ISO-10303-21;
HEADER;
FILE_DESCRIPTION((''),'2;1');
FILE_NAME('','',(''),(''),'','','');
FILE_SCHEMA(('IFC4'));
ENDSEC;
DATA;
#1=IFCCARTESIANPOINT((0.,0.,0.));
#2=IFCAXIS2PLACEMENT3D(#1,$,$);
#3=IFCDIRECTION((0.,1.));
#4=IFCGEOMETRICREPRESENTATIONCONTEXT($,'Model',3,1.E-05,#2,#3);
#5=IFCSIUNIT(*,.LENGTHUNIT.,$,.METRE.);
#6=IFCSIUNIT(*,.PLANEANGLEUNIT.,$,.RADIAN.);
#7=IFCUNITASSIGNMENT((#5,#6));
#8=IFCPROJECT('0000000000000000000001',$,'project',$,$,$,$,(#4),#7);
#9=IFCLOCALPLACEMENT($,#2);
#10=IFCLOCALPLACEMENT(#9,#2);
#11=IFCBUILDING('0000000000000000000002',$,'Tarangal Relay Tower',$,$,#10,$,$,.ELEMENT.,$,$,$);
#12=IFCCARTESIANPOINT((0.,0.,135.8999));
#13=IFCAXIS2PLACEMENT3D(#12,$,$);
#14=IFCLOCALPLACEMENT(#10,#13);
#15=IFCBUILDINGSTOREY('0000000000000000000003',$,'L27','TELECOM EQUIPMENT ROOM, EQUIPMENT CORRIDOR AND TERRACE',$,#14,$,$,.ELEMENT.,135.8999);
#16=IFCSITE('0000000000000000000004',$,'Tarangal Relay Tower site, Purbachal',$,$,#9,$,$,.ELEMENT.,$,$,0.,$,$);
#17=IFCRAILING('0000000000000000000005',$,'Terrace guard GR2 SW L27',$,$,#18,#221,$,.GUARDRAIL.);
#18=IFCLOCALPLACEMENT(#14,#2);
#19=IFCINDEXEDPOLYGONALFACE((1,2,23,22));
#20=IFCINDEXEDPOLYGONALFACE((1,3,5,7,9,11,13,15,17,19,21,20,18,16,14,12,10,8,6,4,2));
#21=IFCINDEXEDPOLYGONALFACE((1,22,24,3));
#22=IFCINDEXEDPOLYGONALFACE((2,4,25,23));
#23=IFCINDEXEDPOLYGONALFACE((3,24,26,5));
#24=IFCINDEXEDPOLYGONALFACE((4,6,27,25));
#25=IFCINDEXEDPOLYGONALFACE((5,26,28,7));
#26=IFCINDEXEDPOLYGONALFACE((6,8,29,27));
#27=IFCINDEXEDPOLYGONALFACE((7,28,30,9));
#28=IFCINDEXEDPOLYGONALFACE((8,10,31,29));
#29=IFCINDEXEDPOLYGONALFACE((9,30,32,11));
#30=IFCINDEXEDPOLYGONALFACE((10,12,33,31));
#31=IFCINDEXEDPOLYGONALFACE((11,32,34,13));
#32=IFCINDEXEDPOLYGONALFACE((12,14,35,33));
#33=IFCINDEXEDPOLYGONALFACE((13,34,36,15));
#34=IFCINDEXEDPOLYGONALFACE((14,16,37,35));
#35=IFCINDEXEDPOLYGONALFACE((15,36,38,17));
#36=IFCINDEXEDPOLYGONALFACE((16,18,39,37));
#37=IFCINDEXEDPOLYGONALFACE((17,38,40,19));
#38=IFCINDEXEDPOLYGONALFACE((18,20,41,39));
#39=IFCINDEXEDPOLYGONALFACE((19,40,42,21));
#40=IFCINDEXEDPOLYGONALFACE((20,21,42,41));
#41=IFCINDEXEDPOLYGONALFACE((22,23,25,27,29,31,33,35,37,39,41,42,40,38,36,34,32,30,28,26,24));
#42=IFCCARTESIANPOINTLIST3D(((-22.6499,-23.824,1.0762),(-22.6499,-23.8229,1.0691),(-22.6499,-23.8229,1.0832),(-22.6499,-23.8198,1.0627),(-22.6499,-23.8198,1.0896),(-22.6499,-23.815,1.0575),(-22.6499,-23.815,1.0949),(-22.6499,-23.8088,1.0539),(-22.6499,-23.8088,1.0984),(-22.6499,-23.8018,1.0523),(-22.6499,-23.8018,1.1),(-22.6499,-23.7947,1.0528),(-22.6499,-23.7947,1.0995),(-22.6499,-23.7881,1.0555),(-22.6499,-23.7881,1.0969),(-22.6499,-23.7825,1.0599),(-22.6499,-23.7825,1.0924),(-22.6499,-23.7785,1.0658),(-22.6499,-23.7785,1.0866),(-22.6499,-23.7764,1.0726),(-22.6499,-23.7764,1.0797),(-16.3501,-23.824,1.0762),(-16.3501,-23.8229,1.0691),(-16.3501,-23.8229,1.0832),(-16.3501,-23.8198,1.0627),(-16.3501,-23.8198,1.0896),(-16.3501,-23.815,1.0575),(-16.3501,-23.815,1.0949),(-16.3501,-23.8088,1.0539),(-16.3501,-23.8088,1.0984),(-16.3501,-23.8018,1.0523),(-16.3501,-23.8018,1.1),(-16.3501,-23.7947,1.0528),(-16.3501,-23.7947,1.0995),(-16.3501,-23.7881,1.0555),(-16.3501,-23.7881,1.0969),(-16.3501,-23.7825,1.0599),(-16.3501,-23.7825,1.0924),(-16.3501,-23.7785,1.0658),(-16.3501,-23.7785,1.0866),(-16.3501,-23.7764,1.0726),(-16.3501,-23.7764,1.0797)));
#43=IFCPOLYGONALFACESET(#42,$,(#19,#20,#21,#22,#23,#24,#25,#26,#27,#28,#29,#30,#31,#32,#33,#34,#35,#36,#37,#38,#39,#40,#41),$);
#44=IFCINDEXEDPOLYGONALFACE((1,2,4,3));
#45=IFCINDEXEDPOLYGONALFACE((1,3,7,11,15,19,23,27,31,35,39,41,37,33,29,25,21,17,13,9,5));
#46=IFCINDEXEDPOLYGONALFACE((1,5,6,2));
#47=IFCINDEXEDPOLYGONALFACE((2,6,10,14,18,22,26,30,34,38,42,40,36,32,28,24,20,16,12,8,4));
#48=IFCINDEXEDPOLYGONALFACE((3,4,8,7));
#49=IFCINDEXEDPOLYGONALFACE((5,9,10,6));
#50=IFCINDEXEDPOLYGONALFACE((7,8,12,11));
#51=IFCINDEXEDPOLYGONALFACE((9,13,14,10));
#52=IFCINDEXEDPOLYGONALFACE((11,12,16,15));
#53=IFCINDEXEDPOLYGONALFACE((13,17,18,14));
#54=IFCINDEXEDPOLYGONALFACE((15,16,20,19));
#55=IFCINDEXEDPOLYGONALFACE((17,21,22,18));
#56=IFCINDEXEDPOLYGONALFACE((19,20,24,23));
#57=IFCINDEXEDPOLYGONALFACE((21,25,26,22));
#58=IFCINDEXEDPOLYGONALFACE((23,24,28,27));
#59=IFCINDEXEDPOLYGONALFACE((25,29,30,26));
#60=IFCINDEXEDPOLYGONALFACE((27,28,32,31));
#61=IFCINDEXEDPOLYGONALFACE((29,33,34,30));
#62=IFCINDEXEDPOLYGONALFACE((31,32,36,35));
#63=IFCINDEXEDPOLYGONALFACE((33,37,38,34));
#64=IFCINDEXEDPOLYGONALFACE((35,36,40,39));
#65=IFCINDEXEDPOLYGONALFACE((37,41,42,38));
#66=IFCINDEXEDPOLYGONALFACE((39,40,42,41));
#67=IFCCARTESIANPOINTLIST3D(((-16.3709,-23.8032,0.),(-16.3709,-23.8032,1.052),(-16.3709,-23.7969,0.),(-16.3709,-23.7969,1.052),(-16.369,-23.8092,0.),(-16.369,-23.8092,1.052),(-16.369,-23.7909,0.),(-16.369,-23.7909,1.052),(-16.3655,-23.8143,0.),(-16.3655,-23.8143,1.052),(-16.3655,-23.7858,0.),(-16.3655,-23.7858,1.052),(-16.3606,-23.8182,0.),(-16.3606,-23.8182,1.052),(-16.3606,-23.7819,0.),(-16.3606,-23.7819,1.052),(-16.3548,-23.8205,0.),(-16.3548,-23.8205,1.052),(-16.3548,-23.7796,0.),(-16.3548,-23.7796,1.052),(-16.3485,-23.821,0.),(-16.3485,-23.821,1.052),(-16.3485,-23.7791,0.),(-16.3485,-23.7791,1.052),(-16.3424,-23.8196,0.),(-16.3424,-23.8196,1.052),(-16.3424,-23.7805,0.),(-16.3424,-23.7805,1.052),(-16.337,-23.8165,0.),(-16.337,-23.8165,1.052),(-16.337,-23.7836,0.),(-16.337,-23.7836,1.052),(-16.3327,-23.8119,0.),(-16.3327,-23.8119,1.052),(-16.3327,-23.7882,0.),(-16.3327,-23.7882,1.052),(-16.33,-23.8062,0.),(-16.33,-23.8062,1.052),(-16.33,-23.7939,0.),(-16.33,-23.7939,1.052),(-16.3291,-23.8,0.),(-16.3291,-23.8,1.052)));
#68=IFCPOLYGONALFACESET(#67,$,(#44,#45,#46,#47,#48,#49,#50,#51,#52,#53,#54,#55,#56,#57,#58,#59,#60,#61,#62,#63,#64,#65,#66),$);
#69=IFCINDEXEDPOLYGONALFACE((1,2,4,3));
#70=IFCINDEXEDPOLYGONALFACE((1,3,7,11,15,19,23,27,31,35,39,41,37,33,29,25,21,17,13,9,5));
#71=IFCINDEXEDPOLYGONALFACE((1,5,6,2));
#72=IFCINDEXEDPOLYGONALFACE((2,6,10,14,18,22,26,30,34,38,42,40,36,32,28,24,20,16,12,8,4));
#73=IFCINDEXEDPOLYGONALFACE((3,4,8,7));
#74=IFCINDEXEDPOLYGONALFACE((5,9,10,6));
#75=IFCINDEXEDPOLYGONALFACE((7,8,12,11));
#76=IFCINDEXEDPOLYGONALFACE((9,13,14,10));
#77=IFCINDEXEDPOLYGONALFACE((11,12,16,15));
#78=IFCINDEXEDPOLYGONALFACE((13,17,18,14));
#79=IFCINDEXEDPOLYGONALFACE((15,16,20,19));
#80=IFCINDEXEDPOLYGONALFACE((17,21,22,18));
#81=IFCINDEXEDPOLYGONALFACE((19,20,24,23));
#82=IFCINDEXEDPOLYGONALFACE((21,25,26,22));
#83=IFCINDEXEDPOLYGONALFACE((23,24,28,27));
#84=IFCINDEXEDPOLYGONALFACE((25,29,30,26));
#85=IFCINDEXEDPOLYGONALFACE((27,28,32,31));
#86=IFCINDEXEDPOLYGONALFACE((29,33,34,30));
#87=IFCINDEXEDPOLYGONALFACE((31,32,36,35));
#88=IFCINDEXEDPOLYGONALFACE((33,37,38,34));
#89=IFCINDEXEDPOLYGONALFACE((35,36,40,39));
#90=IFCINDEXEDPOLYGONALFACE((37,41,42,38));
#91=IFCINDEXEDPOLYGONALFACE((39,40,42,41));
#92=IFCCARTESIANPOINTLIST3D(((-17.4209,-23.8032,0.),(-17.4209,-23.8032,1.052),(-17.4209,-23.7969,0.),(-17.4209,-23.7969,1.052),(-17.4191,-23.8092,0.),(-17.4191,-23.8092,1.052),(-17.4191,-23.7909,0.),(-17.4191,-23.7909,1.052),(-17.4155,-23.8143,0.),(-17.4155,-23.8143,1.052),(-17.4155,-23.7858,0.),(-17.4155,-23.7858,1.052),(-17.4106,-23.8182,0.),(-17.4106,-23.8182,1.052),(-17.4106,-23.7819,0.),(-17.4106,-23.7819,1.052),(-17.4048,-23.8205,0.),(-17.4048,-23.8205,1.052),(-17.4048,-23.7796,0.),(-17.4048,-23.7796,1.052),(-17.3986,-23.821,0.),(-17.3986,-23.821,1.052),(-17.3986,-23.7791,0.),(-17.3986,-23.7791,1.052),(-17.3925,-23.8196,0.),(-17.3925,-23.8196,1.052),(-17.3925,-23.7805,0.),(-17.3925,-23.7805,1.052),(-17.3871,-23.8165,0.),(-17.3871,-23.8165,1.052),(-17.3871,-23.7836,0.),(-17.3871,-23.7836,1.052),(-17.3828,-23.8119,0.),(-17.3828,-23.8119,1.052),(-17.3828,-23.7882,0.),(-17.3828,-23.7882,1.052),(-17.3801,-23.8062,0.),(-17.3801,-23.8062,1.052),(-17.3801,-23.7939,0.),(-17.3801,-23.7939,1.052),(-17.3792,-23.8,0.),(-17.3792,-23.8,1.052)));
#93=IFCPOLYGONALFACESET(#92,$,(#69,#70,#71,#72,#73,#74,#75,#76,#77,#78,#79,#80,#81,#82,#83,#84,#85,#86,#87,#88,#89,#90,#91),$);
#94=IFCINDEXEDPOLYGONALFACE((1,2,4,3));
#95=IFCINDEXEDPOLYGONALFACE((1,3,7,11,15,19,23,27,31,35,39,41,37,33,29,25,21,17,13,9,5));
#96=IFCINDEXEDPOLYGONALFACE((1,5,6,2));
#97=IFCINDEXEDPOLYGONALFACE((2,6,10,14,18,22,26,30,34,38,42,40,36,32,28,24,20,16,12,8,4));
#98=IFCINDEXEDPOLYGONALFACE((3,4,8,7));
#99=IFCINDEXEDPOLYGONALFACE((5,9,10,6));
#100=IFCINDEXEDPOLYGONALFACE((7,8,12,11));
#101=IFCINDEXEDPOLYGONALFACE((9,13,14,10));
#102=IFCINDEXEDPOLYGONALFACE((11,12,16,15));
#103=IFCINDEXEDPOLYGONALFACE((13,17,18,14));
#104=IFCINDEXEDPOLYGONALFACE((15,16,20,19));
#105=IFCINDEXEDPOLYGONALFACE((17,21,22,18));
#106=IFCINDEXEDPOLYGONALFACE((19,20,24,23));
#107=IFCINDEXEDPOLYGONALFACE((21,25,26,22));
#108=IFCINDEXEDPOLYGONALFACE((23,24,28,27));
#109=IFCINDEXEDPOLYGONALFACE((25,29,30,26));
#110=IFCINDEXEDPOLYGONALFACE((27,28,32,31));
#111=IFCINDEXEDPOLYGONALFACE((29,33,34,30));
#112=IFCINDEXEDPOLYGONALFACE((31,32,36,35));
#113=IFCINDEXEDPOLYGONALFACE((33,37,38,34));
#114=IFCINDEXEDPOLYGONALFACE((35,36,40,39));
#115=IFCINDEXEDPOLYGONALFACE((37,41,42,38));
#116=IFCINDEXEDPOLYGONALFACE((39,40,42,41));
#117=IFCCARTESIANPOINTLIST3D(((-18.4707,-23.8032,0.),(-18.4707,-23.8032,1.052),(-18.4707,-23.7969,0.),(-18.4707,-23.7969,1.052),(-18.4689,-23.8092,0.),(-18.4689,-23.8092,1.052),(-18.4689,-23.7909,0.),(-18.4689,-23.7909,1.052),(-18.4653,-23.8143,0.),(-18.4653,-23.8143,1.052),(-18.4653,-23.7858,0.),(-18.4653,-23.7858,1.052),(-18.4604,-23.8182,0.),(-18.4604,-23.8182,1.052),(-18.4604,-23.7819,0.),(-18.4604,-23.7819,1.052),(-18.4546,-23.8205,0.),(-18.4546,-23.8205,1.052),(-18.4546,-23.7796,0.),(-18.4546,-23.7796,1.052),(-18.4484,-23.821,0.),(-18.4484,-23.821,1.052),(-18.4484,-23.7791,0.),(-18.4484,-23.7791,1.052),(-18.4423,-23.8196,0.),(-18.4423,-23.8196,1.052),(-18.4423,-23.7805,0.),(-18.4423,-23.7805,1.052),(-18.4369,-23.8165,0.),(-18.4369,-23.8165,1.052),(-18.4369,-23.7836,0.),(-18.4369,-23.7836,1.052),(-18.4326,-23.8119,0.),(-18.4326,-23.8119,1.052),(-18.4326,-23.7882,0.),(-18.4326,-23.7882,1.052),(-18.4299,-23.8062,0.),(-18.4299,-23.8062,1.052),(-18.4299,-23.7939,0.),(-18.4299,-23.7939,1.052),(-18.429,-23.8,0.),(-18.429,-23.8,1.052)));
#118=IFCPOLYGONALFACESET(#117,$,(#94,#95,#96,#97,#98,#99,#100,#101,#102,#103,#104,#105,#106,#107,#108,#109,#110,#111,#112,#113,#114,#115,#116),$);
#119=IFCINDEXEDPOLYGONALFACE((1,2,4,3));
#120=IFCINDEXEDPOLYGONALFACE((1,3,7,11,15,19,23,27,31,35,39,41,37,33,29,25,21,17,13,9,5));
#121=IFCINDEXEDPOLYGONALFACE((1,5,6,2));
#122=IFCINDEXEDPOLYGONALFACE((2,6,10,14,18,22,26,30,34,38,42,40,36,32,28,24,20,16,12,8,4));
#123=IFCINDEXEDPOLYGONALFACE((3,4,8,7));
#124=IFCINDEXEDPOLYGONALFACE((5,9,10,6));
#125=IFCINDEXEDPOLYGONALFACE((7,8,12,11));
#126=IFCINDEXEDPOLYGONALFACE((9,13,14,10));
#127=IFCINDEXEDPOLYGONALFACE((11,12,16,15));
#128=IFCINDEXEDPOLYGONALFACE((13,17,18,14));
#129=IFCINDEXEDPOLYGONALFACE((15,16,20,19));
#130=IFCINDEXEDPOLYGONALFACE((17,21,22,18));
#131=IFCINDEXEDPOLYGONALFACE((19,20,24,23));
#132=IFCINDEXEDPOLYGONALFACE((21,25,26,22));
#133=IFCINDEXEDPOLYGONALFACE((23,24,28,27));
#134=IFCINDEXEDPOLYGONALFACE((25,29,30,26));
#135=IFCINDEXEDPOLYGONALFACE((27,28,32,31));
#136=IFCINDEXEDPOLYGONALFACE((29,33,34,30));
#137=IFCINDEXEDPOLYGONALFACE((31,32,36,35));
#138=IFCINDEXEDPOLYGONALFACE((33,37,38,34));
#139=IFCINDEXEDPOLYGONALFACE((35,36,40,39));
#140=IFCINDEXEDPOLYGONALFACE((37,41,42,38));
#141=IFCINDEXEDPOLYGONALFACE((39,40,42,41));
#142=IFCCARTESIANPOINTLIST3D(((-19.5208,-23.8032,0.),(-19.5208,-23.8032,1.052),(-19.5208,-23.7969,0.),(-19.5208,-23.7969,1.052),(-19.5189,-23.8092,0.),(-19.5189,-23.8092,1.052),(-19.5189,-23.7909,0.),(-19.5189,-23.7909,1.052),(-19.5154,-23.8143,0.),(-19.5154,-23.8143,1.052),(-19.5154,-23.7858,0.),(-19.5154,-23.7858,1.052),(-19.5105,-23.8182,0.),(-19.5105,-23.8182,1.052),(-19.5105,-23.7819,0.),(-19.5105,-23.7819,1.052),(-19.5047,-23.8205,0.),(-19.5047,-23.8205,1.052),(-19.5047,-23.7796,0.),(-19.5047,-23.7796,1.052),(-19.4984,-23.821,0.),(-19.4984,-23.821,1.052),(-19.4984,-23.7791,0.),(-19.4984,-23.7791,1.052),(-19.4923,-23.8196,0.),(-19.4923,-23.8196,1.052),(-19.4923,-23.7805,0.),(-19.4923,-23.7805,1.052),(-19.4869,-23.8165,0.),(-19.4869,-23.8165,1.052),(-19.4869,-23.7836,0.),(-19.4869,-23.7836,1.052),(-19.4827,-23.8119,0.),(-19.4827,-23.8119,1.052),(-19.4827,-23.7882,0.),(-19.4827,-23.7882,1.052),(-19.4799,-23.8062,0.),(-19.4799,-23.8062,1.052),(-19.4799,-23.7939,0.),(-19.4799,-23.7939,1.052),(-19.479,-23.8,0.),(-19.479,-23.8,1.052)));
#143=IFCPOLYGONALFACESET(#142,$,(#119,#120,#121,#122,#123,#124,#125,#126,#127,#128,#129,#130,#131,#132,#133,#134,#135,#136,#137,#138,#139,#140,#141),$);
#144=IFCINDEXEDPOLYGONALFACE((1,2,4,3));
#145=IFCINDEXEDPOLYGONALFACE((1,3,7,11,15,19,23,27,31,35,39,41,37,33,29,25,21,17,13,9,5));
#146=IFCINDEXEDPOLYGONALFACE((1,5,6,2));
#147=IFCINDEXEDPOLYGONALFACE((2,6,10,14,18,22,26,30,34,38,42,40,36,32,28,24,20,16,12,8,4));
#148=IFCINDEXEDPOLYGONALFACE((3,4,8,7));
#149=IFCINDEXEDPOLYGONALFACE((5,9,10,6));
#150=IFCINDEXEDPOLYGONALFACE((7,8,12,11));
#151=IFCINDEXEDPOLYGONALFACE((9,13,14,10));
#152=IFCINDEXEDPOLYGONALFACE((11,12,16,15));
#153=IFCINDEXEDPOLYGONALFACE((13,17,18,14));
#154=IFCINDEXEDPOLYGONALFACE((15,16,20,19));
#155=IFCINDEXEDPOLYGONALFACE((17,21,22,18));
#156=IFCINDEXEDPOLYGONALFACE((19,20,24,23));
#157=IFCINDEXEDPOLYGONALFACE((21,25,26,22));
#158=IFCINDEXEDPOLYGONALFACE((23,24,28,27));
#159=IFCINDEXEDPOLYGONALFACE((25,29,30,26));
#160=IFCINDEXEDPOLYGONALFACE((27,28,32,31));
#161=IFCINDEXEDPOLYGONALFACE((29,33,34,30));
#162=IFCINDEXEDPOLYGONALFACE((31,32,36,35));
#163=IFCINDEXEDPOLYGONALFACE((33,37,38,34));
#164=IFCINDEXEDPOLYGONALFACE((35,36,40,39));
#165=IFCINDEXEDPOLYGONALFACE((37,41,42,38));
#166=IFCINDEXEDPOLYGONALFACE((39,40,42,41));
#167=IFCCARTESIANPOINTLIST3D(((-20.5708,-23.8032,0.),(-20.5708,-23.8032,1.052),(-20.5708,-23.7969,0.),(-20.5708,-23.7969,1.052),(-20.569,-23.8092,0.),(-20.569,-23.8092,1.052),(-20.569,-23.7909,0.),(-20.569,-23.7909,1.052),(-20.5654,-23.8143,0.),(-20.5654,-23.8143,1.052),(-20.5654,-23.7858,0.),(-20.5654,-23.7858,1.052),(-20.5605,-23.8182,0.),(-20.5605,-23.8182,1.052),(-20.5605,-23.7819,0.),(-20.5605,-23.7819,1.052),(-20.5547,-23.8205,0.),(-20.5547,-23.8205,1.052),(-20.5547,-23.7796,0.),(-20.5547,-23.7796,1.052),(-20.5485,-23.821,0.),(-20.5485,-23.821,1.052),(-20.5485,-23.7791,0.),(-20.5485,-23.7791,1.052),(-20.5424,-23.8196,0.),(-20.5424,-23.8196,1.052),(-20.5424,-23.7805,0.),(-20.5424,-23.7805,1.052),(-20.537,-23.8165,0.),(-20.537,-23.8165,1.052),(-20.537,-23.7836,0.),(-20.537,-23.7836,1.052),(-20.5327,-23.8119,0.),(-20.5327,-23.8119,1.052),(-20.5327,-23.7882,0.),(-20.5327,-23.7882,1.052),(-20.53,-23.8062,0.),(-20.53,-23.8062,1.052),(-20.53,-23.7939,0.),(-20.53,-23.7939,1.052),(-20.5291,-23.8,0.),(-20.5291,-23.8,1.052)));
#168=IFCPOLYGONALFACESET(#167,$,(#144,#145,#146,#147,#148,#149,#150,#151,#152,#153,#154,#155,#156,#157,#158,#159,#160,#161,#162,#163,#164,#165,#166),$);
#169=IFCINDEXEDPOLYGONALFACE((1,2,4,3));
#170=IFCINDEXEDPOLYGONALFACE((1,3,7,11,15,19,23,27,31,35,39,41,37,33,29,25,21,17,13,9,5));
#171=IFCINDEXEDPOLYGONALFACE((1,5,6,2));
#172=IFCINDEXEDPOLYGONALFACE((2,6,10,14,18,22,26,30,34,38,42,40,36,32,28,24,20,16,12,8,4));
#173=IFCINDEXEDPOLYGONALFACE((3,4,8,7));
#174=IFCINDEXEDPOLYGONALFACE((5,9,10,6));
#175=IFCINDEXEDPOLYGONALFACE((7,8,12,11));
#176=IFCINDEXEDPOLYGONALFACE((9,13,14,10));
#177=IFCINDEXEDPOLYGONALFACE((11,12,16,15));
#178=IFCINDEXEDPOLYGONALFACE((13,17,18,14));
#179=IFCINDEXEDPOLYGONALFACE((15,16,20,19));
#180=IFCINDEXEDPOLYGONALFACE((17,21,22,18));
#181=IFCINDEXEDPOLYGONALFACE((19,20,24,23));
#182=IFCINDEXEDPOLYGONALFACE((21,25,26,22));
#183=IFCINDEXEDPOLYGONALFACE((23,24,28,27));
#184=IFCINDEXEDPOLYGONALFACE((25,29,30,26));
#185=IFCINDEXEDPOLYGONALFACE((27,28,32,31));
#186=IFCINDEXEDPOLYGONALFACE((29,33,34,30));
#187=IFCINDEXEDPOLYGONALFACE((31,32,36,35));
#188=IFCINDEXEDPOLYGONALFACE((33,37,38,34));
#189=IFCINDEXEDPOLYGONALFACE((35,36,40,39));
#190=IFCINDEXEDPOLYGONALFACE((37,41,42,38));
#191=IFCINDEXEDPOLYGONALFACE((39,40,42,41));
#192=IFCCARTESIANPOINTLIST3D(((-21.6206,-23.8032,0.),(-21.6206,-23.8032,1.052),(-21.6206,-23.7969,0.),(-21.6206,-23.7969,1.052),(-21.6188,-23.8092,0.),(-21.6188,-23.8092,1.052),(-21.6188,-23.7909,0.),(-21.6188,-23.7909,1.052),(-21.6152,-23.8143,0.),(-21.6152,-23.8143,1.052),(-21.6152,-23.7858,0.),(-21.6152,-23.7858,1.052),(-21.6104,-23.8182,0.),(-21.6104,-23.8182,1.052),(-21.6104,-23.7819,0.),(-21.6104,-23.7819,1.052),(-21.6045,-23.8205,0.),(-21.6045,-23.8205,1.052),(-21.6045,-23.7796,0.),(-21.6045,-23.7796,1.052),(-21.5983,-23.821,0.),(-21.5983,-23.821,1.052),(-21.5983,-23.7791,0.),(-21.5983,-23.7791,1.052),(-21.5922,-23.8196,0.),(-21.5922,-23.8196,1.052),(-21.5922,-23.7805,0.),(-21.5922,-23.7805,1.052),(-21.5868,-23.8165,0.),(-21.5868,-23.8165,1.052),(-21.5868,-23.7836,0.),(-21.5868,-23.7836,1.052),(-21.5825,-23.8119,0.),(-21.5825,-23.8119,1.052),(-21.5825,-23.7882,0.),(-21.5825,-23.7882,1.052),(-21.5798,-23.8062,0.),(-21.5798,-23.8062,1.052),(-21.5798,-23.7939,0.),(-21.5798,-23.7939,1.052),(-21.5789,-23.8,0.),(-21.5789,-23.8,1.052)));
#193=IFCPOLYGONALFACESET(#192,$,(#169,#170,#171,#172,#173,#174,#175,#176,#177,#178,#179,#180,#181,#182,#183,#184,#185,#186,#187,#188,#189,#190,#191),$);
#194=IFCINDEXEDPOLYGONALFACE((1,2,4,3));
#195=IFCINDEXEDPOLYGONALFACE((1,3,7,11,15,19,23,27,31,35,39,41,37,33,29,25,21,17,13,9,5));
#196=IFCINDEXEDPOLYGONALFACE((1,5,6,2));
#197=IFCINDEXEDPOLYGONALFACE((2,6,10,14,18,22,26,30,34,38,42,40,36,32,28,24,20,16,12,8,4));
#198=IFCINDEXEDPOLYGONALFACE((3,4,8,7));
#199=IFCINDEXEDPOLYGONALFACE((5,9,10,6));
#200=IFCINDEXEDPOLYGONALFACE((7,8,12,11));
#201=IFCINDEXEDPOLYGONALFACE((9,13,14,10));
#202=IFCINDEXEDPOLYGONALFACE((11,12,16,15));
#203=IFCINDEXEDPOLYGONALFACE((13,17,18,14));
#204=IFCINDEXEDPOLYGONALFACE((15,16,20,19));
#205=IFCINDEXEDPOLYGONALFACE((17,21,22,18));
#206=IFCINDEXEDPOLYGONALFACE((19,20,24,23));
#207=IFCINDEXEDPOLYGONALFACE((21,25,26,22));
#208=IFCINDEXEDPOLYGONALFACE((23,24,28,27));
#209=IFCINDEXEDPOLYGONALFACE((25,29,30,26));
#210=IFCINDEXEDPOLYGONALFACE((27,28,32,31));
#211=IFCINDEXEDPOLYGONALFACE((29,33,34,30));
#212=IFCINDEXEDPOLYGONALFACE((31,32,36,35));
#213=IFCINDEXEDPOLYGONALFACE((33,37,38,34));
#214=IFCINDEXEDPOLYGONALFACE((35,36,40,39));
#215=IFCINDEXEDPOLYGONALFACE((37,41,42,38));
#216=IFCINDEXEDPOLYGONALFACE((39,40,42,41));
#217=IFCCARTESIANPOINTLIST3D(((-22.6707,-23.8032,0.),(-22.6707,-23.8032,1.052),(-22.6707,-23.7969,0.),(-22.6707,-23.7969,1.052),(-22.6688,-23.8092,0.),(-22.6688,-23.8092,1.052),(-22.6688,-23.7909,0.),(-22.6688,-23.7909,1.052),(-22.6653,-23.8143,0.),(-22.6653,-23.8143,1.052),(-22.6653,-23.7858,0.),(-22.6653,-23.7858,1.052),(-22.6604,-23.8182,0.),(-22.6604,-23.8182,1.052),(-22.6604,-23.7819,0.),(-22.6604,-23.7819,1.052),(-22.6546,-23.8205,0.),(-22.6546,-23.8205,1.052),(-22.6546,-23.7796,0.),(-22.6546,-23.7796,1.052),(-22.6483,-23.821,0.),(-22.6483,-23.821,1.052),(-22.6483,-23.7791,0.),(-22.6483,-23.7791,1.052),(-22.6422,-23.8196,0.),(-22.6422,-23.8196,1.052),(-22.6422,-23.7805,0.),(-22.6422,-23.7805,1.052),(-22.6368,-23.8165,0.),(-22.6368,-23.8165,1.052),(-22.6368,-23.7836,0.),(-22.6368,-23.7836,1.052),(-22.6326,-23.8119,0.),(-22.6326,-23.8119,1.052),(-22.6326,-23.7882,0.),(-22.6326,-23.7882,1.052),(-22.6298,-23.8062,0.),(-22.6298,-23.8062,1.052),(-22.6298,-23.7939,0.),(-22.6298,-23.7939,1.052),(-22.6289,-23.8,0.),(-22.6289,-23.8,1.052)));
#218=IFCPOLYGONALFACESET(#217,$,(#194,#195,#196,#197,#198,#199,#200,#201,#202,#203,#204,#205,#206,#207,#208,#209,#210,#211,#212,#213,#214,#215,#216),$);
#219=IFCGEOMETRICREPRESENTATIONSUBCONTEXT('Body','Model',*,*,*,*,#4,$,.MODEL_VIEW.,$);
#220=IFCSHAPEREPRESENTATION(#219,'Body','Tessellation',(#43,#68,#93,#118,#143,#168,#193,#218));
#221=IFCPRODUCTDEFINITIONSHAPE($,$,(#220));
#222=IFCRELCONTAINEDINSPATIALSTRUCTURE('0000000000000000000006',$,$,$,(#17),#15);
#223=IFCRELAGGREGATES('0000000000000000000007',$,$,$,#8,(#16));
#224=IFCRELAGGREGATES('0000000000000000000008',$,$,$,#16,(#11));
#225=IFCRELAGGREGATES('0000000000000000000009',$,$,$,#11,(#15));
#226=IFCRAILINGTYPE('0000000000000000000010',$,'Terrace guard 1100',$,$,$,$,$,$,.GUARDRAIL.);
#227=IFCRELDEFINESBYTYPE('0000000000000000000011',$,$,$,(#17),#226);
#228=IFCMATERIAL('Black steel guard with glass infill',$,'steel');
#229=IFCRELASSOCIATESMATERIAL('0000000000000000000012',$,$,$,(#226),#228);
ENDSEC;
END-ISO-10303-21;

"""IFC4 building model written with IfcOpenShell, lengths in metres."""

from ifc_helpers import new_model, si_unit, direction, frame, origin, origin_2d, place, context, subcontext, project, spatial, circle, extrude, material, type_object, element, save


model = new_model("IFC4")

# Units and contexts
model_context = context("Model", 3, precision=1e-05, world=origin(), true_north=direction((0.0, 1.0)))
body_context = subcontext(model_context, "Body", "Model", "MODEL_VIEW")
ifc_project = project(units=[si_unit("LENGTHUNIT", "METRE"), si_unit("PLANEANGLEUNIT", "RADIAN")], contexts=[model_context])

# Site, building, storey
site_placement = place(None, origin())
site = spatial("IfcSite", under=ifc_project, at=site_placement, Name="Tarangal Relay Tower site, Purbachal", CompositionType="ELEMENT", RefElevation=0.0)
building_placement = place(site_placement, origin())
building = spatial("IfcBuilding", under=site, at=building_placement, Name="Tarangal Relay Tower", CompositionType="ELEMENT")
storey_placement = place(building_placement, frame((0.0, 0.0, 135.8999)))
storey = spatial("IfcBuildingStorey", under=building, at=storey_placement, Name="L27", Description="TELECOM EQUIPMENT ROOM, EQUIPMENT CORRIDOR AND TERRACE", CompositionType="ELEMENT", Elevation=135.8999)

# Railing
ifc_material_1 = material(Name="Black steel guard with glass infill", Category="steel")
railing_type = type_object("IfcRailingType", Name="Terrace guard 1100", PredefinedType="GUARDRAIL", material=ifc_material_1)
railing_1_placement = place(storey_placement, frame((-16.3501, -23.8, 0.0)))
element("IfcRailing", 1, at=railing_1_placement, inside=storey, type_object=railing_type, Name="Terrace guard GR2 SW L27", PredefinedType="GUARDRAIL", context=body_context, shape_type="SweptSolid", body=[
    extrude(circle(Radius=0.0239, at=origin_2d()), frame((0.0, 0.0, 1.0762), z_axis=(-1.0, 0.0, 0.0), x_axis=(0.0, -1.0, 0.0)), (0.0, 0.0, 1.0), 6.2998),
    extrude(circle(Radius=0.021, at=origin_2d()), origin(), (0.0, 0.0, 1.0), 1.052),
    extrude(circle(Radius=0.021, at=origin_2d()), frame((-1.05, 0.0, 0.0)), (0.0, 0.0, 1.0), 1.052),
    extrude(circle(Radius=0.021, at=origin_2d()), frame((-2.0999, 0.0, 0.0)), (0.0, 0.0, 1.0), 1.052),
    extrude(circle(Radius=0.021, at=origin_2d()), frame((-3.1499, 0.0, 0.0)), (0.0, 0.0, 1.0), 1.052),
    extrude(circle(Radius=0.021, at=origin_2d()), frame((-4.2, 0.0, 0.0)), (0.0, 0.0, 1.0), 1.052),
    extrude(circle(Radius=0.021, at=origin_2d()), frame((-5.2498, 0.0, 0.0)), (0.0, 0.0, 1.0), 1.052),
    extrude(circle(Radius=0.021, at=origin_2d()), frame((-6.2998, 0.0, 0.0)), (0.0, 0.0, 1.0), 1.052),
])

save(model, "model.ifc")
